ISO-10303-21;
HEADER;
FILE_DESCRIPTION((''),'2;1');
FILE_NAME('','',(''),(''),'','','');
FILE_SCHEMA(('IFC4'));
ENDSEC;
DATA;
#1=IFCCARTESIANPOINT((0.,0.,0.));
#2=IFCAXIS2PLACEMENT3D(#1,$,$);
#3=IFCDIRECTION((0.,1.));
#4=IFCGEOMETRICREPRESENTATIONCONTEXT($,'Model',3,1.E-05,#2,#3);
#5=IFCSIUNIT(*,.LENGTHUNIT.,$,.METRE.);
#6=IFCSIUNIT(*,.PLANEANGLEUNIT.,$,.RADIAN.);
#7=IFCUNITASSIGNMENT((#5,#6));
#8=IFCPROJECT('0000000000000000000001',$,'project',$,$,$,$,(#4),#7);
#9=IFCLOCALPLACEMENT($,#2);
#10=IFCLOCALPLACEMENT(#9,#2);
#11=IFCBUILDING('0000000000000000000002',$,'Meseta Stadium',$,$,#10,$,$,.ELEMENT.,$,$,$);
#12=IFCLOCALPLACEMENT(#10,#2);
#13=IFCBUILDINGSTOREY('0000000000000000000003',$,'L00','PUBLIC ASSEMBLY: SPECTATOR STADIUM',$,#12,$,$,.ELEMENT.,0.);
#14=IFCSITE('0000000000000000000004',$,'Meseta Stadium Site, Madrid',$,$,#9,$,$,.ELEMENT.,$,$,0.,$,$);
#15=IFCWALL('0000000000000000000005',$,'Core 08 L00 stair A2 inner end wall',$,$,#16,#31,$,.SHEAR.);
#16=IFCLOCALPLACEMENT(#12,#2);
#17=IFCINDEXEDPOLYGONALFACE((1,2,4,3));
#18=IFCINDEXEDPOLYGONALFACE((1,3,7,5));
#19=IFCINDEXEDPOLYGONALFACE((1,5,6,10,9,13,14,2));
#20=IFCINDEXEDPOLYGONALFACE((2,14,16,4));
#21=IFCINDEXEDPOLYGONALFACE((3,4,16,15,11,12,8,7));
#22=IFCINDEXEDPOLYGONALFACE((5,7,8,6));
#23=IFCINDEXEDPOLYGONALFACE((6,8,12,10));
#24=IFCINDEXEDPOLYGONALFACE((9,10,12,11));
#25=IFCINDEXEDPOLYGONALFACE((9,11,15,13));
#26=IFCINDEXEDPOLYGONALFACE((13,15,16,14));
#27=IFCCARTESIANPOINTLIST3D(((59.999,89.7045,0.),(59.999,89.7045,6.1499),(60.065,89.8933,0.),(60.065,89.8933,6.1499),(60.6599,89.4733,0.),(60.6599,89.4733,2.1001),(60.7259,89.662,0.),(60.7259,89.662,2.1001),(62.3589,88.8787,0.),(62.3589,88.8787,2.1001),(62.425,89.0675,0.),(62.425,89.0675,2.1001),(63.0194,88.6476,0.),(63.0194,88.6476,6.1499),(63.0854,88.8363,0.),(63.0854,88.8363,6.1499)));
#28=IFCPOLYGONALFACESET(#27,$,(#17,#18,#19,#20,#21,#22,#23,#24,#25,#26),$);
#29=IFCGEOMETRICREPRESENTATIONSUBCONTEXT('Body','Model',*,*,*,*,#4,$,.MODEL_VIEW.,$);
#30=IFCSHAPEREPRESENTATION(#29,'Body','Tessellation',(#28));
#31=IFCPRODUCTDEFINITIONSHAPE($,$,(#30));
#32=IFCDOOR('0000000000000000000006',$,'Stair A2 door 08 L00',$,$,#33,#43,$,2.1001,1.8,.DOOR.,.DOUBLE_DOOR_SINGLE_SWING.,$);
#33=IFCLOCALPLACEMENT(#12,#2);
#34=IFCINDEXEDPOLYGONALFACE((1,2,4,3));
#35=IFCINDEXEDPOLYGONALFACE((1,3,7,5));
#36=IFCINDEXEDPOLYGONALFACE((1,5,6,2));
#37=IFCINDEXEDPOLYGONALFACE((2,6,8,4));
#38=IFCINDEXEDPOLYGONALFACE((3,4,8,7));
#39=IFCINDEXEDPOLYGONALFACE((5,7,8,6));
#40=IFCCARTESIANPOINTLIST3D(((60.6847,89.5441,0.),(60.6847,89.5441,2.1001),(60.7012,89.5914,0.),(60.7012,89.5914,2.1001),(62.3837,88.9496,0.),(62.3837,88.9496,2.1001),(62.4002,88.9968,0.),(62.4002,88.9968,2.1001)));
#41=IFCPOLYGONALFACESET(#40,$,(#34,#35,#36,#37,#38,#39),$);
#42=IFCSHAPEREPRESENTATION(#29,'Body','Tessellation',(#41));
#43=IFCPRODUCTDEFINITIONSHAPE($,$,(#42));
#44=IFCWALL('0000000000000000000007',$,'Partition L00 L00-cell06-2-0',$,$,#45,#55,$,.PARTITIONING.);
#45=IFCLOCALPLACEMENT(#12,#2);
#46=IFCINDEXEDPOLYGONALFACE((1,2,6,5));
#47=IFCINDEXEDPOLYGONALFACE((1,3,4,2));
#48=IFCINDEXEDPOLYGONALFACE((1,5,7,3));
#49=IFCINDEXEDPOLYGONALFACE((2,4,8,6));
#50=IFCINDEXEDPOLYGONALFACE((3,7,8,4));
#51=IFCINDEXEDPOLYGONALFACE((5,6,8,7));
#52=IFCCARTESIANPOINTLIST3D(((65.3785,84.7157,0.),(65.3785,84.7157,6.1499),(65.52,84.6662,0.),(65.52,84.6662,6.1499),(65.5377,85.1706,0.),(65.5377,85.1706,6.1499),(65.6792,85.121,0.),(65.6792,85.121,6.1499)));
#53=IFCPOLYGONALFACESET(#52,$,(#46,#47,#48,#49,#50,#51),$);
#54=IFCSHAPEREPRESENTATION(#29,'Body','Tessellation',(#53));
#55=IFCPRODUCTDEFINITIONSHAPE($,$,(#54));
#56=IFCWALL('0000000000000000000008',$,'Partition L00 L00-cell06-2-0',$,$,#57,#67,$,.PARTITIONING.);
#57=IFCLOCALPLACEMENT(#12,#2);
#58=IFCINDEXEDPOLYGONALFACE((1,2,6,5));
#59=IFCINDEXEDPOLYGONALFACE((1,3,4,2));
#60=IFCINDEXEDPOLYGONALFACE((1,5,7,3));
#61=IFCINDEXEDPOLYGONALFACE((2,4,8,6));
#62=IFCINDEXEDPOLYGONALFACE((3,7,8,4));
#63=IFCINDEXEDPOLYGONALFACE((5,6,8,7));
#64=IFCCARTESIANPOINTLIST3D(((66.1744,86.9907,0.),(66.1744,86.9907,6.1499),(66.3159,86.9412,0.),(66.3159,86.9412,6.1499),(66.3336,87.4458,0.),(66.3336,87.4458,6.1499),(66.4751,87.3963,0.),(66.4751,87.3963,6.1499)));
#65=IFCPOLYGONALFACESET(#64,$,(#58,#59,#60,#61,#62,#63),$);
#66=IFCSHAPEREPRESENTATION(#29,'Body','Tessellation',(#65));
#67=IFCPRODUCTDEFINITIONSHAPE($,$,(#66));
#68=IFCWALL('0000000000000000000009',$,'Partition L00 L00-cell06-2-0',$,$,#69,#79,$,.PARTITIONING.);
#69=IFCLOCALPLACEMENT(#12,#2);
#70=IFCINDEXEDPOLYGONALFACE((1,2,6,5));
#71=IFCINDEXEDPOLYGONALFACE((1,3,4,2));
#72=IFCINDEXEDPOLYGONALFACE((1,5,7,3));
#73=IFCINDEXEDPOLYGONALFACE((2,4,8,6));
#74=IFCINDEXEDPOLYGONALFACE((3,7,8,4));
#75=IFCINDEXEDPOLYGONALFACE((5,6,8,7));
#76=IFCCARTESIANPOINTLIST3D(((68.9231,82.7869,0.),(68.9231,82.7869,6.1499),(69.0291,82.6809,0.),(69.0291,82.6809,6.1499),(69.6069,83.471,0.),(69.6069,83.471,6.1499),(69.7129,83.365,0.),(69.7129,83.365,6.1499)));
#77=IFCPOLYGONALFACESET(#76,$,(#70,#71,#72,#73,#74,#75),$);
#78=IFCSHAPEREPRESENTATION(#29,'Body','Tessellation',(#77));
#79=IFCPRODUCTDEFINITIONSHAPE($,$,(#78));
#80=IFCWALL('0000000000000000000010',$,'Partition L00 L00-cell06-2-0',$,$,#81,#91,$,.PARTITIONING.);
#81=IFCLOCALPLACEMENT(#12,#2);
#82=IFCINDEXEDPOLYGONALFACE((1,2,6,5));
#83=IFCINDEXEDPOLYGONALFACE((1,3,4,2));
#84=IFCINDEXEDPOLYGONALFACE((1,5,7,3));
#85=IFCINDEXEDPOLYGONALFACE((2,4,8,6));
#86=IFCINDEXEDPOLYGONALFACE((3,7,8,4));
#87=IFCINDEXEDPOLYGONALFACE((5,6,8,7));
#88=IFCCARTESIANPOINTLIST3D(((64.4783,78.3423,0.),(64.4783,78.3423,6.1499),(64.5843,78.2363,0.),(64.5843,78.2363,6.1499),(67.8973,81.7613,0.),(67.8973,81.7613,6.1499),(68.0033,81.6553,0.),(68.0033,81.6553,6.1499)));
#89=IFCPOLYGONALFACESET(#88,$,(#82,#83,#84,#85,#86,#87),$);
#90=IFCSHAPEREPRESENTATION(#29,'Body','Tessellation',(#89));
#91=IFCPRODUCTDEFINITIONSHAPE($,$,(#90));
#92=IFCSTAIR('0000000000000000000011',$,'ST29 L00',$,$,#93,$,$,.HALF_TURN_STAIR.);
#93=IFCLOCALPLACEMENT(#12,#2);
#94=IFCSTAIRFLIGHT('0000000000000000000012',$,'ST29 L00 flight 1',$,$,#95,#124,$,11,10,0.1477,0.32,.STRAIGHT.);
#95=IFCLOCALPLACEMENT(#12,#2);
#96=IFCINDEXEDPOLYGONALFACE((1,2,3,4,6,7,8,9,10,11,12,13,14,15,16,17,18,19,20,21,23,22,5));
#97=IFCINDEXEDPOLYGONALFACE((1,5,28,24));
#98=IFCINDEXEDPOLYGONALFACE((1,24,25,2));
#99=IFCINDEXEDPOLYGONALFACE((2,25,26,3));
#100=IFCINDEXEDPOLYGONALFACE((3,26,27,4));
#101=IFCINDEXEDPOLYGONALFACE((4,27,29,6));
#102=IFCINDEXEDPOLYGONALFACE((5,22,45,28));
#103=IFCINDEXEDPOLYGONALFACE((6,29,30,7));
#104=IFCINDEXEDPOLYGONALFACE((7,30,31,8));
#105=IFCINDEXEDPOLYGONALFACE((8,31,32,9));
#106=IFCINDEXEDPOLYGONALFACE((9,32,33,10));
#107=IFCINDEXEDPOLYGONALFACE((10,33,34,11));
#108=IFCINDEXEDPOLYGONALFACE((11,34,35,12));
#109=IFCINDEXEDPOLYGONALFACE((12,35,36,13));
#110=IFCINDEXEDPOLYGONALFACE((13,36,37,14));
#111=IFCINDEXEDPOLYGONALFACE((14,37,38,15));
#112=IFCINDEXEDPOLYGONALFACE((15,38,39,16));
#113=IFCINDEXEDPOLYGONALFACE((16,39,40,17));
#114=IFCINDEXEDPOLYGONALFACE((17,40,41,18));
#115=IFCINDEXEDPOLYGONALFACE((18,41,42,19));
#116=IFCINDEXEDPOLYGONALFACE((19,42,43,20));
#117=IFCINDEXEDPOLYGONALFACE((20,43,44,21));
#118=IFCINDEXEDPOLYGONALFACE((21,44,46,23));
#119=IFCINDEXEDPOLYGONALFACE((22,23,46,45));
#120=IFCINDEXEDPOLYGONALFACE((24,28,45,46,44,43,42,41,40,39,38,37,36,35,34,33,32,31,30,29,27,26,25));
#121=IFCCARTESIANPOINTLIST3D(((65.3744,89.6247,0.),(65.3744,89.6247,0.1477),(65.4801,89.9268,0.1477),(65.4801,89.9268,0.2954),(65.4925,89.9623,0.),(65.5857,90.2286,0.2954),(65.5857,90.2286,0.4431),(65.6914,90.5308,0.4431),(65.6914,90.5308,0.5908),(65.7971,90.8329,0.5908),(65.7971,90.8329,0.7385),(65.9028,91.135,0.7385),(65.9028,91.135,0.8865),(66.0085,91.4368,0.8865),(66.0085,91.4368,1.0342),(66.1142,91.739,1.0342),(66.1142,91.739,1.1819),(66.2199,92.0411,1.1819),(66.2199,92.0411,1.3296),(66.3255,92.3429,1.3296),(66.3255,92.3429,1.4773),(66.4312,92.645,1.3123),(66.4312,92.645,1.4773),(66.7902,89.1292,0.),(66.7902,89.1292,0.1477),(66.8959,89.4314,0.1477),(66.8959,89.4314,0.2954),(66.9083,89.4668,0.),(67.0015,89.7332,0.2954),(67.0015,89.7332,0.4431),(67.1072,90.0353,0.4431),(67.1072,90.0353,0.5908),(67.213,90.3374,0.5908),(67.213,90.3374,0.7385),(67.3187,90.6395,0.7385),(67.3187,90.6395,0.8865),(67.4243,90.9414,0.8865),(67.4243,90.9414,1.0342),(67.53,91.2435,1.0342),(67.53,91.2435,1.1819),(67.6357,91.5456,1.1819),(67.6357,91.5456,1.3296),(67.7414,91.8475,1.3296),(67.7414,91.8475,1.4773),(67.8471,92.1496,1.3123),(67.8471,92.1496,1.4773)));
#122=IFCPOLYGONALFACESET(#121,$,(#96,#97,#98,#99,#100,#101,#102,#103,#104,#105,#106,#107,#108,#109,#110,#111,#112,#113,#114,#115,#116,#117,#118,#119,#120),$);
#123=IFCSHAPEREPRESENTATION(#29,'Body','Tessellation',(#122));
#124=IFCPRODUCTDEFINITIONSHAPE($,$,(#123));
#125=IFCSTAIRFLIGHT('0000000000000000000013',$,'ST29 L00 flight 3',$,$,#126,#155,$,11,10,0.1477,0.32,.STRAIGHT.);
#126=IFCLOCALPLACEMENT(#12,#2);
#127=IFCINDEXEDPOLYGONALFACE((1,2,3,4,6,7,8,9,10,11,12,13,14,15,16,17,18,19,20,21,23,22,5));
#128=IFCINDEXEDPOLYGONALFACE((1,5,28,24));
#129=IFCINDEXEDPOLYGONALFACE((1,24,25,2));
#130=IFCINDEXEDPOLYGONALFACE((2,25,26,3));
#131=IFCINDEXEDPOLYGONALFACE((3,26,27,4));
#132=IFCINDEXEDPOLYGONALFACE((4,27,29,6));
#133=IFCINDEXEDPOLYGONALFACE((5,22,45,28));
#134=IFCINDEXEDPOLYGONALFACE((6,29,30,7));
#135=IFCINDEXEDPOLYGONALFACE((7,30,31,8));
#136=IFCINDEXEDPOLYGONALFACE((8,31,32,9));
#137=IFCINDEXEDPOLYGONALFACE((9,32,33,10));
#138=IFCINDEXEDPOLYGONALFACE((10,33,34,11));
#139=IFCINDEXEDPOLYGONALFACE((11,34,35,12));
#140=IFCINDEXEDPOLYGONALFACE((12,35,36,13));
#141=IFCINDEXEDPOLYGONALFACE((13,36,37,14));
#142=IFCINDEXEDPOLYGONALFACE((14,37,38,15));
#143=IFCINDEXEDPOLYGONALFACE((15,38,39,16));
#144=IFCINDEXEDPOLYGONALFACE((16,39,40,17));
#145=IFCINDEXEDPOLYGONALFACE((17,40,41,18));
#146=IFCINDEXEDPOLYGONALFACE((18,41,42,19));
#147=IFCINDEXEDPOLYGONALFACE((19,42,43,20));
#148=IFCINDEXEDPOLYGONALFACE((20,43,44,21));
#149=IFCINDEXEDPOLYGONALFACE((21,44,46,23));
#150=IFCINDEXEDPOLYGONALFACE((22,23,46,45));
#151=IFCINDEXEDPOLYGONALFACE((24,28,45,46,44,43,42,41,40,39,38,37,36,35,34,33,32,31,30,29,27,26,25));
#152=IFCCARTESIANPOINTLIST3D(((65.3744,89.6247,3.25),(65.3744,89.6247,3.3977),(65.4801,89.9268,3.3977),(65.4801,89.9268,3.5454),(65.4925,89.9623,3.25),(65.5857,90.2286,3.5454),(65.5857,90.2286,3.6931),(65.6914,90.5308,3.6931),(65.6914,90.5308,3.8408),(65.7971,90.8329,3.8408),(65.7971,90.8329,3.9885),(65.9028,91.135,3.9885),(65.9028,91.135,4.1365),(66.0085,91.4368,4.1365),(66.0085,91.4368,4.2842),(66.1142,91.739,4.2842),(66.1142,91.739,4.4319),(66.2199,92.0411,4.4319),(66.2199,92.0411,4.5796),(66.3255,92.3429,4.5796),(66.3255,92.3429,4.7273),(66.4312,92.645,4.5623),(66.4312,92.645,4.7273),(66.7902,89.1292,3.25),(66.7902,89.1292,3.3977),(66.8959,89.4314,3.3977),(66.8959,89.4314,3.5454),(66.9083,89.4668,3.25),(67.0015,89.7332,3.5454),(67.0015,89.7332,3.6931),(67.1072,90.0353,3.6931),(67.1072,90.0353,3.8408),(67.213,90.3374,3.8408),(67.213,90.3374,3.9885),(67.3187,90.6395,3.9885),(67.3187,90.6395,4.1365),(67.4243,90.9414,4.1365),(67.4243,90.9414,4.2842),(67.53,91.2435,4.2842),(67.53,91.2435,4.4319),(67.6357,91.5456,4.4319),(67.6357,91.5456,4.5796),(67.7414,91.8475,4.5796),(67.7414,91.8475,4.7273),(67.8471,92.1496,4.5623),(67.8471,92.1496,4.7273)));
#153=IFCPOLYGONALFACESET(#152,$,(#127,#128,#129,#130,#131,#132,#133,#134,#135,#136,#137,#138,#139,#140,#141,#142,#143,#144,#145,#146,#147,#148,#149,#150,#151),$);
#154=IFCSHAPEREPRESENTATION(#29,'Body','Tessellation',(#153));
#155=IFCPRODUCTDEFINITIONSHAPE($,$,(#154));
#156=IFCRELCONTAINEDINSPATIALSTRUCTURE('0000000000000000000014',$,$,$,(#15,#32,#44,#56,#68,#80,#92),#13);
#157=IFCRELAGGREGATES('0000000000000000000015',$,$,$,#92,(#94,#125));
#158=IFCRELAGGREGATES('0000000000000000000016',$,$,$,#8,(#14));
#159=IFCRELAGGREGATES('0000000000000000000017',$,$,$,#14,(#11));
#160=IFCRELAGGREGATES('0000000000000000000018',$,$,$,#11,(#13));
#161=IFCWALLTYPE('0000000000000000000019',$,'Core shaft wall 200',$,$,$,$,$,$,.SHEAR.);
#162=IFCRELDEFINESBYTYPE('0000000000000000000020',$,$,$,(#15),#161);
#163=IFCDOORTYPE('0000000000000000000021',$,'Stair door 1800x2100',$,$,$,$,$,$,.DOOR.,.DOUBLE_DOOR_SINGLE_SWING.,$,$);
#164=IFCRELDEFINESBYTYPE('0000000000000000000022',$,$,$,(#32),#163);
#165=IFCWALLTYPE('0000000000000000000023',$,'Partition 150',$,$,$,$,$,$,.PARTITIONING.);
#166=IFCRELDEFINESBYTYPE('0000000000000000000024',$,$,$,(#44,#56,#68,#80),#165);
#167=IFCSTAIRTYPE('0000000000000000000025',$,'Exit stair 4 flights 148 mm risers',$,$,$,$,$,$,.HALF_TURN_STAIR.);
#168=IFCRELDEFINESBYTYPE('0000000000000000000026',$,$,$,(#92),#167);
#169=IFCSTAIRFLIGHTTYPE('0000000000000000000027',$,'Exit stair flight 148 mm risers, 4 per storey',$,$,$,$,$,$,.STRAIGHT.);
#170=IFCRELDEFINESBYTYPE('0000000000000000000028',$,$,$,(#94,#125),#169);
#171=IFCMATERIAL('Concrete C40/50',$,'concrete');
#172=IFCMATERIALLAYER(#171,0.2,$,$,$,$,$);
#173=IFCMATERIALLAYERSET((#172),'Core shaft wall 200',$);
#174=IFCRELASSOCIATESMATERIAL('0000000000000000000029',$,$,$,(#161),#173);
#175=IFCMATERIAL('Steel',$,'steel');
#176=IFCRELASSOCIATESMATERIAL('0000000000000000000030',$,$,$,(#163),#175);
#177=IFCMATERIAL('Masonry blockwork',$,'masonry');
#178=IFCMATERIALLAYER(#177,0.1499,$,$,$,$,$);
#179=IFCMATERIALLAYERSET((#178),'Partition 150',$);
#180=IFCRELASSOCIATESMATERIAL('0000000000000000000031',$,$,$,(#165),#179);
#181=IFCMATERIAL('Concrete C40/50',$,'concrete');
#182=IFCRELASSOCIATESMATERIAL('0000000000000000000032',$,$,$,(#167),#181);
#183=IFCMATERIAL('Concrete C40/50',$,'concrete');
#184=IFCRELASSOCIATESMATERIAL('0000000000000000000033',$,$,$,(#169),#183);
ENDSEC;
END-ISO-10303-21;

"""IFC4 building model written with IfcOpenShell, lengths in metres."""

from ifc_helpers import new_model, si_unit, direction, frame, frame_2d, origin, place, context, subcontext, project, spatial, polyline, rectangle, outline, extrude, material, layer, layer_set, type_object, element, fill, aggregate, save


model = new_model("IFC4")

# Units and contexts
model_context = context("Model", 3, precision=1e-05, world=origin(), true_north=direction((0.0, 1.0)))
body_context = subcontext(model_context, "Body", "Model", "MODEL_VIEW")
ifc_project = project(units=[si_unit("LENGTHUNIT", "METRE"), si_unit("PLANEANGLEUNIT", "RADIAN")], contexts=[model_context])

# Site, building, storey
site_placement = place(None, origin())
site = spatial("IfcSite", under=ifc_project, at=site_placement, Name="Meseta Stadium Site, Madrid", CompositionType="ELEMENT", RefElevation=0.0)
building_placement = place(site_placement, origin())
building = spatial("IfcBuilding", under=site, at=building_placement, Name="Meseta Stadium", CompositionType="ELEMENT")
storey_placement = place(building_placement, origin())
storey = spatial("IfcBuildingStorey", under=building, at=storey_placement, Name="L00", Description="PUBLIC ASSEMBLY: SPECTATOR STADIUM", CompositionType="ELEMENT", Elevation=0.0)

# Wall, opening, door
ifc_material_1 = material(Name="Concrete C40/50", Category="concrete")
ifc_layer_1 = layer(ifc_material_1, 0.2)
ifc_layer_set_1 = layer_set([ifc_layer_1], Name="Core shaft wall 200")
wall_type_1 = type_object("IfcWallType", Name="Core shaft wall 200", PredefinedType="SHEAR", material=ifc_layer_set_1)
ifc_material_2 = material(Name="Steel", Category="steel")
door_type = type_object("IfcDoorType", Name="Stair door 1800x2100", OperationType="DOUBLE_DOOR_SINGLE_SWING", PredefinedType="DOOR", material=ifc_material_2)
wall_1_placement = place(storey_placement, frame((63.0525, 88.7419, 0.0), z_axis=(0.0, 0.0, 1.0), x_axis=(-0.943879, 0.330293, 0.0)))
wall_1 = element("IfcWall", 1, at=wall_1_placement, inside=storey, type_object=wall_type_1, Name="Core 08 L00 stair A2 inner end wall", PredefinedType="SHEAR", context=body_context, shape_type="SweptSolid", body=[
    extrude(rectangle(XDim=3.2, YDim=0.2, at=frame_2d((1.6001, 0.0))), origin(), (0.0, 0.0, 1.0), 6.1499),
])
opening_1_placement = place(wall_1_placement, frame((0.7, 0.0, 0.0)))
opening_1 = element("IfcOpeningElement", 2, at=opening_1_placement, cuts=wall_1, PredefinedType="OPENING", context=body_context, shape_type="SweptSolid", body=[
    extrude(rectangle(XDim=1.8, YDim=2.1001, at=frame_2d((0.8999, 1.05))), frame((0.0, 0.1099, 0.0), z_axis=(0.0, -1.0, 0.0), x_axis=(1.0, 0.0, 0.0)), (0.0, 0.0, 1.0), 0.22),
])
door_1_placement = place(opening_1_placement, origin())
door_1 = element("IfcDoor", 3, at=door_1_placement, inside=storey, type_object=door_type, Name="Stair A2 door 08 L00", OperationType="DOUBLE_DOOR_SINGLE_SWING", OverallHeight=2.1001, OverallWidth=1.8, PredefinedType="DOOR", context=body_context, shape_type="SweptSolid", body=[
    extrude(rectangle(XDim=1.8, YDim=2.1001, at=frame_2d((0.8999, 1.05))), frame((0.0, 0.0249, 0.0), z_axis=(0.0, -1.0, 0.0), x_axis=(1.0, 0.0, 0.0)), (0.0, 0.0, 1.0), 0.05),
])
fill(opening_1, door_1)

# Walls
ifc_material_3 = material(Name="Masonry blockwork", Category="masonry")
ifc_layer_2 = layer(ifc_material_3, 0.1499)
ifc_layer_set_2 = layer_set([ifc_layer_2], Name="Partition 150")
wall_type_2 = type_object("IfcWallType", Name="Partition 150", PredefinedType="PARTITIONING", material=ifc_layer_set_2)
wall_2_placement = place(storey_placement, frame((65.4492, 84.6909, 0.0), z_axis=(0.0, 0.0, 1.0), x_axis=(0.330328, 0.943866, 0.0)))
element("IfcWall", 4, at=wall_2_placement, inside=storey, type_object=wall_type_2, Name="Partition L00 L00-cell06-2-0", PredefinedType="PARTITIONING", context=body_context, shape_type="SweptSolid", body=[
    extrude(rectangle(XDim=0.4819, YDim=0.1499, at=frame_2d((0.241, 0.0))), origin(), (0.0, 0.0, 1.0), 6.1499),
])
wall_3_placement = place(storey_placement, frame((66.2451, 86.9658, 0.0), z_axis=(0.0, 0.0, 1.0), x_axis=(0.33017, 0.943921, 0.0)))
element("IfcWall", 5, at=wall_3_placement, inside=storey, type_object=wall_type_2, Name="Partition L00 L00-cell06-2-0", PredefinedType="PARTITIONING", context=body_context, shape_type="SweptSolid", body=[
    extrude(rectangle(XDim=0.4822, YDim=0.1499, at=frame_2d((0.2412, 0.0))), origin(), (0.0, 0.0, 1.0), 6.1499),
])
wall_4_placement = place(storey_placement, frame((69.6599, 83.418, 0.0), z_axis=(0.0, 0.0, 1.0), x_axis=(-0.706981, -0.707233, 0.0)))
element("IfcWall", 6, at=wall_4_placement, inside=storey, type_object=wall_type_2, Name="Partition L00 L00-cell06-2-0", PredefinedType="PARTITIONING", context=body_context, shape_type="SweptSolid", body=[
    extrude(rectangle(XDim=0.9673, YDim=0.1499, at=frame_2d((0.4836, 0.0))), origin(), (0.0, 0.0, 1.0), 6.1499),
])
wall_5_placement = place(storey_placement, frame((67.9502, 81.7083, 0.0), z_axis=(0.0, 0.0, 1.0), x_axis=(-0.707107, -0.707107, 0.0)))
element("IfcWall", 7, at=wall_5_placement, inside=storey, type_object=wall_type_2, Name="Partition L00 L00-cell06-2-0", PredefinedType="PARTITIONING", context=body_context, shape_type="SweptSolid", body=[
    extrude(rectangle(XDim=4.8352, YDim=0.1499, at=frame_2d((2.4175, 0.0))), origin(), (0.0, 0.0, 1.0), 6.1499),
])

# Stair, stair flights
ifc_material_4 = material(Name="Concrete C40/50", Category="concrete")
stair_type = type_object("IfcStairType", Name="Exit stair 4 flights 148 mm risers", PredefinedType="HALF_TURN_STAIR", material=ifc_material_4)
stair_1_placement = place(storey_placement, origin())
stair_1 = element("IfcStair", 8, at=stair_1_placement, inside=storey, type_object=stair_type, Name="ST29 L00", PredefinedType="HALF_TURN_STAIR")
ifc_material_5 = material(Name="Concrete C40/50", Category="concrete")
stair_flight_type = type_object("IfcStairFlightType", Name="Exit stair flight 148 mm risers, 4 per storey", PredefinedType="STRAIGHT", material=ifc_material_5)
stair_flight_1_placement = place(storey_placement, frame((66.0823, 89.377, 0.0), z_axis=(0.0, 0.0, 1.0), x_axis=(0.330279, 0.943883, 0.0)))
stair_flight_1 = element("IfcStairFlight", 9, at=stair_flight_1_placement, type_object=stair_flight_type, Name="ST29 L00 flight 1", NumberOfRisers=11, NumberOfTreads=10, PredefinedType="STRAIGHT", RiserHeight=0.1477, TreadLength=0.32, context=body_context, shape_type="SweptSolid", body=[
    extrude(outline(polyline([(0.0, 0.0), (0.0, 0.1477), (0.3201, 0.1477), (0.3201, 0.2954), (0.6399, 0.2954), (0.6399, 0.4431), (0.96, 0.4431), (0.96, 0.5908), (1.28, 0.5908), (1.28, 0.7385), (1.6001, 0.7385), (1.6001, 0.8865), (1.9199, 0.8865), (1.9199, 1.0342), (2.24, 1.0342), (2.24, 1.1819), (2.5601, 1.1819), (2.5601, 1.3296), (2.8799, 1.3296), (2.8799, 1.4773), (3.2, 1.4773), (3.2, 1.3123), (0.3577, 0.0), (0.0, 0.0)])), frame((0.0, 0.75, 0.0), z_axis=(0.0, -1.0, 0.0), x_axis=(1.0, 0.0, 0.0)), (0.0, 0.0, 1.0), 1.5),
])
stair_flight_2_placement = place(storey_placement, frame((66.0823, 89.377, 3.25), z_axis=(0.0, 0.0, 1.0), x_axis=(0.330279, 0.943883, 0.0)))
stair_flight_2 = element("IfcStairFlight", 10, at=stair_flight_2_placement, type_object=stair_flight_type, Name="ST29 L00 flight 3", NumberOfRisers=11, NumberOfTreads=10, PredefinedType="STRAIGHT", RiserHeight=0.1477, TreadLength=0.32, context=body_context, shape_type="SweptSolid", body=[
    extrude(outline(polyline([(0.0, 0.0), (0.0, 0.1477), (0.3201, 0.1477), (0.3201, 0.2954), (0.6399, 0.2954), (0.6399, 0.4431), (0.96, 0.4431), (0.96, 0.5908), (1.28, 0.5908), (1.28, 0.7385), (1.6001, 0.7385), (1.6001, 0.8865), (1.9199, 0.8865), (1.9199, 1.0342), (2.24, 1.0342), (2.24, 1.1819), (2.5601, 1.1819), (2.5601, 1.3296), (2.8799, 1.3296), (2.8799, 1.4773), (3.2, 1.4773), (3.2, 1.3123), (0.3577, 0.0), (0.0, 0.0)])), frame((0.0, 0.75, 0.0), z_axis=(0.0, -1.0, 0.0), x_axis=(1.0, 0.0, 0.0)), (0.0, 0.0, 1.0), 1.5),
])
aggregate(stair_1, [stair_flight_1, stair_flight_2])

save(model, "model.ifc")
